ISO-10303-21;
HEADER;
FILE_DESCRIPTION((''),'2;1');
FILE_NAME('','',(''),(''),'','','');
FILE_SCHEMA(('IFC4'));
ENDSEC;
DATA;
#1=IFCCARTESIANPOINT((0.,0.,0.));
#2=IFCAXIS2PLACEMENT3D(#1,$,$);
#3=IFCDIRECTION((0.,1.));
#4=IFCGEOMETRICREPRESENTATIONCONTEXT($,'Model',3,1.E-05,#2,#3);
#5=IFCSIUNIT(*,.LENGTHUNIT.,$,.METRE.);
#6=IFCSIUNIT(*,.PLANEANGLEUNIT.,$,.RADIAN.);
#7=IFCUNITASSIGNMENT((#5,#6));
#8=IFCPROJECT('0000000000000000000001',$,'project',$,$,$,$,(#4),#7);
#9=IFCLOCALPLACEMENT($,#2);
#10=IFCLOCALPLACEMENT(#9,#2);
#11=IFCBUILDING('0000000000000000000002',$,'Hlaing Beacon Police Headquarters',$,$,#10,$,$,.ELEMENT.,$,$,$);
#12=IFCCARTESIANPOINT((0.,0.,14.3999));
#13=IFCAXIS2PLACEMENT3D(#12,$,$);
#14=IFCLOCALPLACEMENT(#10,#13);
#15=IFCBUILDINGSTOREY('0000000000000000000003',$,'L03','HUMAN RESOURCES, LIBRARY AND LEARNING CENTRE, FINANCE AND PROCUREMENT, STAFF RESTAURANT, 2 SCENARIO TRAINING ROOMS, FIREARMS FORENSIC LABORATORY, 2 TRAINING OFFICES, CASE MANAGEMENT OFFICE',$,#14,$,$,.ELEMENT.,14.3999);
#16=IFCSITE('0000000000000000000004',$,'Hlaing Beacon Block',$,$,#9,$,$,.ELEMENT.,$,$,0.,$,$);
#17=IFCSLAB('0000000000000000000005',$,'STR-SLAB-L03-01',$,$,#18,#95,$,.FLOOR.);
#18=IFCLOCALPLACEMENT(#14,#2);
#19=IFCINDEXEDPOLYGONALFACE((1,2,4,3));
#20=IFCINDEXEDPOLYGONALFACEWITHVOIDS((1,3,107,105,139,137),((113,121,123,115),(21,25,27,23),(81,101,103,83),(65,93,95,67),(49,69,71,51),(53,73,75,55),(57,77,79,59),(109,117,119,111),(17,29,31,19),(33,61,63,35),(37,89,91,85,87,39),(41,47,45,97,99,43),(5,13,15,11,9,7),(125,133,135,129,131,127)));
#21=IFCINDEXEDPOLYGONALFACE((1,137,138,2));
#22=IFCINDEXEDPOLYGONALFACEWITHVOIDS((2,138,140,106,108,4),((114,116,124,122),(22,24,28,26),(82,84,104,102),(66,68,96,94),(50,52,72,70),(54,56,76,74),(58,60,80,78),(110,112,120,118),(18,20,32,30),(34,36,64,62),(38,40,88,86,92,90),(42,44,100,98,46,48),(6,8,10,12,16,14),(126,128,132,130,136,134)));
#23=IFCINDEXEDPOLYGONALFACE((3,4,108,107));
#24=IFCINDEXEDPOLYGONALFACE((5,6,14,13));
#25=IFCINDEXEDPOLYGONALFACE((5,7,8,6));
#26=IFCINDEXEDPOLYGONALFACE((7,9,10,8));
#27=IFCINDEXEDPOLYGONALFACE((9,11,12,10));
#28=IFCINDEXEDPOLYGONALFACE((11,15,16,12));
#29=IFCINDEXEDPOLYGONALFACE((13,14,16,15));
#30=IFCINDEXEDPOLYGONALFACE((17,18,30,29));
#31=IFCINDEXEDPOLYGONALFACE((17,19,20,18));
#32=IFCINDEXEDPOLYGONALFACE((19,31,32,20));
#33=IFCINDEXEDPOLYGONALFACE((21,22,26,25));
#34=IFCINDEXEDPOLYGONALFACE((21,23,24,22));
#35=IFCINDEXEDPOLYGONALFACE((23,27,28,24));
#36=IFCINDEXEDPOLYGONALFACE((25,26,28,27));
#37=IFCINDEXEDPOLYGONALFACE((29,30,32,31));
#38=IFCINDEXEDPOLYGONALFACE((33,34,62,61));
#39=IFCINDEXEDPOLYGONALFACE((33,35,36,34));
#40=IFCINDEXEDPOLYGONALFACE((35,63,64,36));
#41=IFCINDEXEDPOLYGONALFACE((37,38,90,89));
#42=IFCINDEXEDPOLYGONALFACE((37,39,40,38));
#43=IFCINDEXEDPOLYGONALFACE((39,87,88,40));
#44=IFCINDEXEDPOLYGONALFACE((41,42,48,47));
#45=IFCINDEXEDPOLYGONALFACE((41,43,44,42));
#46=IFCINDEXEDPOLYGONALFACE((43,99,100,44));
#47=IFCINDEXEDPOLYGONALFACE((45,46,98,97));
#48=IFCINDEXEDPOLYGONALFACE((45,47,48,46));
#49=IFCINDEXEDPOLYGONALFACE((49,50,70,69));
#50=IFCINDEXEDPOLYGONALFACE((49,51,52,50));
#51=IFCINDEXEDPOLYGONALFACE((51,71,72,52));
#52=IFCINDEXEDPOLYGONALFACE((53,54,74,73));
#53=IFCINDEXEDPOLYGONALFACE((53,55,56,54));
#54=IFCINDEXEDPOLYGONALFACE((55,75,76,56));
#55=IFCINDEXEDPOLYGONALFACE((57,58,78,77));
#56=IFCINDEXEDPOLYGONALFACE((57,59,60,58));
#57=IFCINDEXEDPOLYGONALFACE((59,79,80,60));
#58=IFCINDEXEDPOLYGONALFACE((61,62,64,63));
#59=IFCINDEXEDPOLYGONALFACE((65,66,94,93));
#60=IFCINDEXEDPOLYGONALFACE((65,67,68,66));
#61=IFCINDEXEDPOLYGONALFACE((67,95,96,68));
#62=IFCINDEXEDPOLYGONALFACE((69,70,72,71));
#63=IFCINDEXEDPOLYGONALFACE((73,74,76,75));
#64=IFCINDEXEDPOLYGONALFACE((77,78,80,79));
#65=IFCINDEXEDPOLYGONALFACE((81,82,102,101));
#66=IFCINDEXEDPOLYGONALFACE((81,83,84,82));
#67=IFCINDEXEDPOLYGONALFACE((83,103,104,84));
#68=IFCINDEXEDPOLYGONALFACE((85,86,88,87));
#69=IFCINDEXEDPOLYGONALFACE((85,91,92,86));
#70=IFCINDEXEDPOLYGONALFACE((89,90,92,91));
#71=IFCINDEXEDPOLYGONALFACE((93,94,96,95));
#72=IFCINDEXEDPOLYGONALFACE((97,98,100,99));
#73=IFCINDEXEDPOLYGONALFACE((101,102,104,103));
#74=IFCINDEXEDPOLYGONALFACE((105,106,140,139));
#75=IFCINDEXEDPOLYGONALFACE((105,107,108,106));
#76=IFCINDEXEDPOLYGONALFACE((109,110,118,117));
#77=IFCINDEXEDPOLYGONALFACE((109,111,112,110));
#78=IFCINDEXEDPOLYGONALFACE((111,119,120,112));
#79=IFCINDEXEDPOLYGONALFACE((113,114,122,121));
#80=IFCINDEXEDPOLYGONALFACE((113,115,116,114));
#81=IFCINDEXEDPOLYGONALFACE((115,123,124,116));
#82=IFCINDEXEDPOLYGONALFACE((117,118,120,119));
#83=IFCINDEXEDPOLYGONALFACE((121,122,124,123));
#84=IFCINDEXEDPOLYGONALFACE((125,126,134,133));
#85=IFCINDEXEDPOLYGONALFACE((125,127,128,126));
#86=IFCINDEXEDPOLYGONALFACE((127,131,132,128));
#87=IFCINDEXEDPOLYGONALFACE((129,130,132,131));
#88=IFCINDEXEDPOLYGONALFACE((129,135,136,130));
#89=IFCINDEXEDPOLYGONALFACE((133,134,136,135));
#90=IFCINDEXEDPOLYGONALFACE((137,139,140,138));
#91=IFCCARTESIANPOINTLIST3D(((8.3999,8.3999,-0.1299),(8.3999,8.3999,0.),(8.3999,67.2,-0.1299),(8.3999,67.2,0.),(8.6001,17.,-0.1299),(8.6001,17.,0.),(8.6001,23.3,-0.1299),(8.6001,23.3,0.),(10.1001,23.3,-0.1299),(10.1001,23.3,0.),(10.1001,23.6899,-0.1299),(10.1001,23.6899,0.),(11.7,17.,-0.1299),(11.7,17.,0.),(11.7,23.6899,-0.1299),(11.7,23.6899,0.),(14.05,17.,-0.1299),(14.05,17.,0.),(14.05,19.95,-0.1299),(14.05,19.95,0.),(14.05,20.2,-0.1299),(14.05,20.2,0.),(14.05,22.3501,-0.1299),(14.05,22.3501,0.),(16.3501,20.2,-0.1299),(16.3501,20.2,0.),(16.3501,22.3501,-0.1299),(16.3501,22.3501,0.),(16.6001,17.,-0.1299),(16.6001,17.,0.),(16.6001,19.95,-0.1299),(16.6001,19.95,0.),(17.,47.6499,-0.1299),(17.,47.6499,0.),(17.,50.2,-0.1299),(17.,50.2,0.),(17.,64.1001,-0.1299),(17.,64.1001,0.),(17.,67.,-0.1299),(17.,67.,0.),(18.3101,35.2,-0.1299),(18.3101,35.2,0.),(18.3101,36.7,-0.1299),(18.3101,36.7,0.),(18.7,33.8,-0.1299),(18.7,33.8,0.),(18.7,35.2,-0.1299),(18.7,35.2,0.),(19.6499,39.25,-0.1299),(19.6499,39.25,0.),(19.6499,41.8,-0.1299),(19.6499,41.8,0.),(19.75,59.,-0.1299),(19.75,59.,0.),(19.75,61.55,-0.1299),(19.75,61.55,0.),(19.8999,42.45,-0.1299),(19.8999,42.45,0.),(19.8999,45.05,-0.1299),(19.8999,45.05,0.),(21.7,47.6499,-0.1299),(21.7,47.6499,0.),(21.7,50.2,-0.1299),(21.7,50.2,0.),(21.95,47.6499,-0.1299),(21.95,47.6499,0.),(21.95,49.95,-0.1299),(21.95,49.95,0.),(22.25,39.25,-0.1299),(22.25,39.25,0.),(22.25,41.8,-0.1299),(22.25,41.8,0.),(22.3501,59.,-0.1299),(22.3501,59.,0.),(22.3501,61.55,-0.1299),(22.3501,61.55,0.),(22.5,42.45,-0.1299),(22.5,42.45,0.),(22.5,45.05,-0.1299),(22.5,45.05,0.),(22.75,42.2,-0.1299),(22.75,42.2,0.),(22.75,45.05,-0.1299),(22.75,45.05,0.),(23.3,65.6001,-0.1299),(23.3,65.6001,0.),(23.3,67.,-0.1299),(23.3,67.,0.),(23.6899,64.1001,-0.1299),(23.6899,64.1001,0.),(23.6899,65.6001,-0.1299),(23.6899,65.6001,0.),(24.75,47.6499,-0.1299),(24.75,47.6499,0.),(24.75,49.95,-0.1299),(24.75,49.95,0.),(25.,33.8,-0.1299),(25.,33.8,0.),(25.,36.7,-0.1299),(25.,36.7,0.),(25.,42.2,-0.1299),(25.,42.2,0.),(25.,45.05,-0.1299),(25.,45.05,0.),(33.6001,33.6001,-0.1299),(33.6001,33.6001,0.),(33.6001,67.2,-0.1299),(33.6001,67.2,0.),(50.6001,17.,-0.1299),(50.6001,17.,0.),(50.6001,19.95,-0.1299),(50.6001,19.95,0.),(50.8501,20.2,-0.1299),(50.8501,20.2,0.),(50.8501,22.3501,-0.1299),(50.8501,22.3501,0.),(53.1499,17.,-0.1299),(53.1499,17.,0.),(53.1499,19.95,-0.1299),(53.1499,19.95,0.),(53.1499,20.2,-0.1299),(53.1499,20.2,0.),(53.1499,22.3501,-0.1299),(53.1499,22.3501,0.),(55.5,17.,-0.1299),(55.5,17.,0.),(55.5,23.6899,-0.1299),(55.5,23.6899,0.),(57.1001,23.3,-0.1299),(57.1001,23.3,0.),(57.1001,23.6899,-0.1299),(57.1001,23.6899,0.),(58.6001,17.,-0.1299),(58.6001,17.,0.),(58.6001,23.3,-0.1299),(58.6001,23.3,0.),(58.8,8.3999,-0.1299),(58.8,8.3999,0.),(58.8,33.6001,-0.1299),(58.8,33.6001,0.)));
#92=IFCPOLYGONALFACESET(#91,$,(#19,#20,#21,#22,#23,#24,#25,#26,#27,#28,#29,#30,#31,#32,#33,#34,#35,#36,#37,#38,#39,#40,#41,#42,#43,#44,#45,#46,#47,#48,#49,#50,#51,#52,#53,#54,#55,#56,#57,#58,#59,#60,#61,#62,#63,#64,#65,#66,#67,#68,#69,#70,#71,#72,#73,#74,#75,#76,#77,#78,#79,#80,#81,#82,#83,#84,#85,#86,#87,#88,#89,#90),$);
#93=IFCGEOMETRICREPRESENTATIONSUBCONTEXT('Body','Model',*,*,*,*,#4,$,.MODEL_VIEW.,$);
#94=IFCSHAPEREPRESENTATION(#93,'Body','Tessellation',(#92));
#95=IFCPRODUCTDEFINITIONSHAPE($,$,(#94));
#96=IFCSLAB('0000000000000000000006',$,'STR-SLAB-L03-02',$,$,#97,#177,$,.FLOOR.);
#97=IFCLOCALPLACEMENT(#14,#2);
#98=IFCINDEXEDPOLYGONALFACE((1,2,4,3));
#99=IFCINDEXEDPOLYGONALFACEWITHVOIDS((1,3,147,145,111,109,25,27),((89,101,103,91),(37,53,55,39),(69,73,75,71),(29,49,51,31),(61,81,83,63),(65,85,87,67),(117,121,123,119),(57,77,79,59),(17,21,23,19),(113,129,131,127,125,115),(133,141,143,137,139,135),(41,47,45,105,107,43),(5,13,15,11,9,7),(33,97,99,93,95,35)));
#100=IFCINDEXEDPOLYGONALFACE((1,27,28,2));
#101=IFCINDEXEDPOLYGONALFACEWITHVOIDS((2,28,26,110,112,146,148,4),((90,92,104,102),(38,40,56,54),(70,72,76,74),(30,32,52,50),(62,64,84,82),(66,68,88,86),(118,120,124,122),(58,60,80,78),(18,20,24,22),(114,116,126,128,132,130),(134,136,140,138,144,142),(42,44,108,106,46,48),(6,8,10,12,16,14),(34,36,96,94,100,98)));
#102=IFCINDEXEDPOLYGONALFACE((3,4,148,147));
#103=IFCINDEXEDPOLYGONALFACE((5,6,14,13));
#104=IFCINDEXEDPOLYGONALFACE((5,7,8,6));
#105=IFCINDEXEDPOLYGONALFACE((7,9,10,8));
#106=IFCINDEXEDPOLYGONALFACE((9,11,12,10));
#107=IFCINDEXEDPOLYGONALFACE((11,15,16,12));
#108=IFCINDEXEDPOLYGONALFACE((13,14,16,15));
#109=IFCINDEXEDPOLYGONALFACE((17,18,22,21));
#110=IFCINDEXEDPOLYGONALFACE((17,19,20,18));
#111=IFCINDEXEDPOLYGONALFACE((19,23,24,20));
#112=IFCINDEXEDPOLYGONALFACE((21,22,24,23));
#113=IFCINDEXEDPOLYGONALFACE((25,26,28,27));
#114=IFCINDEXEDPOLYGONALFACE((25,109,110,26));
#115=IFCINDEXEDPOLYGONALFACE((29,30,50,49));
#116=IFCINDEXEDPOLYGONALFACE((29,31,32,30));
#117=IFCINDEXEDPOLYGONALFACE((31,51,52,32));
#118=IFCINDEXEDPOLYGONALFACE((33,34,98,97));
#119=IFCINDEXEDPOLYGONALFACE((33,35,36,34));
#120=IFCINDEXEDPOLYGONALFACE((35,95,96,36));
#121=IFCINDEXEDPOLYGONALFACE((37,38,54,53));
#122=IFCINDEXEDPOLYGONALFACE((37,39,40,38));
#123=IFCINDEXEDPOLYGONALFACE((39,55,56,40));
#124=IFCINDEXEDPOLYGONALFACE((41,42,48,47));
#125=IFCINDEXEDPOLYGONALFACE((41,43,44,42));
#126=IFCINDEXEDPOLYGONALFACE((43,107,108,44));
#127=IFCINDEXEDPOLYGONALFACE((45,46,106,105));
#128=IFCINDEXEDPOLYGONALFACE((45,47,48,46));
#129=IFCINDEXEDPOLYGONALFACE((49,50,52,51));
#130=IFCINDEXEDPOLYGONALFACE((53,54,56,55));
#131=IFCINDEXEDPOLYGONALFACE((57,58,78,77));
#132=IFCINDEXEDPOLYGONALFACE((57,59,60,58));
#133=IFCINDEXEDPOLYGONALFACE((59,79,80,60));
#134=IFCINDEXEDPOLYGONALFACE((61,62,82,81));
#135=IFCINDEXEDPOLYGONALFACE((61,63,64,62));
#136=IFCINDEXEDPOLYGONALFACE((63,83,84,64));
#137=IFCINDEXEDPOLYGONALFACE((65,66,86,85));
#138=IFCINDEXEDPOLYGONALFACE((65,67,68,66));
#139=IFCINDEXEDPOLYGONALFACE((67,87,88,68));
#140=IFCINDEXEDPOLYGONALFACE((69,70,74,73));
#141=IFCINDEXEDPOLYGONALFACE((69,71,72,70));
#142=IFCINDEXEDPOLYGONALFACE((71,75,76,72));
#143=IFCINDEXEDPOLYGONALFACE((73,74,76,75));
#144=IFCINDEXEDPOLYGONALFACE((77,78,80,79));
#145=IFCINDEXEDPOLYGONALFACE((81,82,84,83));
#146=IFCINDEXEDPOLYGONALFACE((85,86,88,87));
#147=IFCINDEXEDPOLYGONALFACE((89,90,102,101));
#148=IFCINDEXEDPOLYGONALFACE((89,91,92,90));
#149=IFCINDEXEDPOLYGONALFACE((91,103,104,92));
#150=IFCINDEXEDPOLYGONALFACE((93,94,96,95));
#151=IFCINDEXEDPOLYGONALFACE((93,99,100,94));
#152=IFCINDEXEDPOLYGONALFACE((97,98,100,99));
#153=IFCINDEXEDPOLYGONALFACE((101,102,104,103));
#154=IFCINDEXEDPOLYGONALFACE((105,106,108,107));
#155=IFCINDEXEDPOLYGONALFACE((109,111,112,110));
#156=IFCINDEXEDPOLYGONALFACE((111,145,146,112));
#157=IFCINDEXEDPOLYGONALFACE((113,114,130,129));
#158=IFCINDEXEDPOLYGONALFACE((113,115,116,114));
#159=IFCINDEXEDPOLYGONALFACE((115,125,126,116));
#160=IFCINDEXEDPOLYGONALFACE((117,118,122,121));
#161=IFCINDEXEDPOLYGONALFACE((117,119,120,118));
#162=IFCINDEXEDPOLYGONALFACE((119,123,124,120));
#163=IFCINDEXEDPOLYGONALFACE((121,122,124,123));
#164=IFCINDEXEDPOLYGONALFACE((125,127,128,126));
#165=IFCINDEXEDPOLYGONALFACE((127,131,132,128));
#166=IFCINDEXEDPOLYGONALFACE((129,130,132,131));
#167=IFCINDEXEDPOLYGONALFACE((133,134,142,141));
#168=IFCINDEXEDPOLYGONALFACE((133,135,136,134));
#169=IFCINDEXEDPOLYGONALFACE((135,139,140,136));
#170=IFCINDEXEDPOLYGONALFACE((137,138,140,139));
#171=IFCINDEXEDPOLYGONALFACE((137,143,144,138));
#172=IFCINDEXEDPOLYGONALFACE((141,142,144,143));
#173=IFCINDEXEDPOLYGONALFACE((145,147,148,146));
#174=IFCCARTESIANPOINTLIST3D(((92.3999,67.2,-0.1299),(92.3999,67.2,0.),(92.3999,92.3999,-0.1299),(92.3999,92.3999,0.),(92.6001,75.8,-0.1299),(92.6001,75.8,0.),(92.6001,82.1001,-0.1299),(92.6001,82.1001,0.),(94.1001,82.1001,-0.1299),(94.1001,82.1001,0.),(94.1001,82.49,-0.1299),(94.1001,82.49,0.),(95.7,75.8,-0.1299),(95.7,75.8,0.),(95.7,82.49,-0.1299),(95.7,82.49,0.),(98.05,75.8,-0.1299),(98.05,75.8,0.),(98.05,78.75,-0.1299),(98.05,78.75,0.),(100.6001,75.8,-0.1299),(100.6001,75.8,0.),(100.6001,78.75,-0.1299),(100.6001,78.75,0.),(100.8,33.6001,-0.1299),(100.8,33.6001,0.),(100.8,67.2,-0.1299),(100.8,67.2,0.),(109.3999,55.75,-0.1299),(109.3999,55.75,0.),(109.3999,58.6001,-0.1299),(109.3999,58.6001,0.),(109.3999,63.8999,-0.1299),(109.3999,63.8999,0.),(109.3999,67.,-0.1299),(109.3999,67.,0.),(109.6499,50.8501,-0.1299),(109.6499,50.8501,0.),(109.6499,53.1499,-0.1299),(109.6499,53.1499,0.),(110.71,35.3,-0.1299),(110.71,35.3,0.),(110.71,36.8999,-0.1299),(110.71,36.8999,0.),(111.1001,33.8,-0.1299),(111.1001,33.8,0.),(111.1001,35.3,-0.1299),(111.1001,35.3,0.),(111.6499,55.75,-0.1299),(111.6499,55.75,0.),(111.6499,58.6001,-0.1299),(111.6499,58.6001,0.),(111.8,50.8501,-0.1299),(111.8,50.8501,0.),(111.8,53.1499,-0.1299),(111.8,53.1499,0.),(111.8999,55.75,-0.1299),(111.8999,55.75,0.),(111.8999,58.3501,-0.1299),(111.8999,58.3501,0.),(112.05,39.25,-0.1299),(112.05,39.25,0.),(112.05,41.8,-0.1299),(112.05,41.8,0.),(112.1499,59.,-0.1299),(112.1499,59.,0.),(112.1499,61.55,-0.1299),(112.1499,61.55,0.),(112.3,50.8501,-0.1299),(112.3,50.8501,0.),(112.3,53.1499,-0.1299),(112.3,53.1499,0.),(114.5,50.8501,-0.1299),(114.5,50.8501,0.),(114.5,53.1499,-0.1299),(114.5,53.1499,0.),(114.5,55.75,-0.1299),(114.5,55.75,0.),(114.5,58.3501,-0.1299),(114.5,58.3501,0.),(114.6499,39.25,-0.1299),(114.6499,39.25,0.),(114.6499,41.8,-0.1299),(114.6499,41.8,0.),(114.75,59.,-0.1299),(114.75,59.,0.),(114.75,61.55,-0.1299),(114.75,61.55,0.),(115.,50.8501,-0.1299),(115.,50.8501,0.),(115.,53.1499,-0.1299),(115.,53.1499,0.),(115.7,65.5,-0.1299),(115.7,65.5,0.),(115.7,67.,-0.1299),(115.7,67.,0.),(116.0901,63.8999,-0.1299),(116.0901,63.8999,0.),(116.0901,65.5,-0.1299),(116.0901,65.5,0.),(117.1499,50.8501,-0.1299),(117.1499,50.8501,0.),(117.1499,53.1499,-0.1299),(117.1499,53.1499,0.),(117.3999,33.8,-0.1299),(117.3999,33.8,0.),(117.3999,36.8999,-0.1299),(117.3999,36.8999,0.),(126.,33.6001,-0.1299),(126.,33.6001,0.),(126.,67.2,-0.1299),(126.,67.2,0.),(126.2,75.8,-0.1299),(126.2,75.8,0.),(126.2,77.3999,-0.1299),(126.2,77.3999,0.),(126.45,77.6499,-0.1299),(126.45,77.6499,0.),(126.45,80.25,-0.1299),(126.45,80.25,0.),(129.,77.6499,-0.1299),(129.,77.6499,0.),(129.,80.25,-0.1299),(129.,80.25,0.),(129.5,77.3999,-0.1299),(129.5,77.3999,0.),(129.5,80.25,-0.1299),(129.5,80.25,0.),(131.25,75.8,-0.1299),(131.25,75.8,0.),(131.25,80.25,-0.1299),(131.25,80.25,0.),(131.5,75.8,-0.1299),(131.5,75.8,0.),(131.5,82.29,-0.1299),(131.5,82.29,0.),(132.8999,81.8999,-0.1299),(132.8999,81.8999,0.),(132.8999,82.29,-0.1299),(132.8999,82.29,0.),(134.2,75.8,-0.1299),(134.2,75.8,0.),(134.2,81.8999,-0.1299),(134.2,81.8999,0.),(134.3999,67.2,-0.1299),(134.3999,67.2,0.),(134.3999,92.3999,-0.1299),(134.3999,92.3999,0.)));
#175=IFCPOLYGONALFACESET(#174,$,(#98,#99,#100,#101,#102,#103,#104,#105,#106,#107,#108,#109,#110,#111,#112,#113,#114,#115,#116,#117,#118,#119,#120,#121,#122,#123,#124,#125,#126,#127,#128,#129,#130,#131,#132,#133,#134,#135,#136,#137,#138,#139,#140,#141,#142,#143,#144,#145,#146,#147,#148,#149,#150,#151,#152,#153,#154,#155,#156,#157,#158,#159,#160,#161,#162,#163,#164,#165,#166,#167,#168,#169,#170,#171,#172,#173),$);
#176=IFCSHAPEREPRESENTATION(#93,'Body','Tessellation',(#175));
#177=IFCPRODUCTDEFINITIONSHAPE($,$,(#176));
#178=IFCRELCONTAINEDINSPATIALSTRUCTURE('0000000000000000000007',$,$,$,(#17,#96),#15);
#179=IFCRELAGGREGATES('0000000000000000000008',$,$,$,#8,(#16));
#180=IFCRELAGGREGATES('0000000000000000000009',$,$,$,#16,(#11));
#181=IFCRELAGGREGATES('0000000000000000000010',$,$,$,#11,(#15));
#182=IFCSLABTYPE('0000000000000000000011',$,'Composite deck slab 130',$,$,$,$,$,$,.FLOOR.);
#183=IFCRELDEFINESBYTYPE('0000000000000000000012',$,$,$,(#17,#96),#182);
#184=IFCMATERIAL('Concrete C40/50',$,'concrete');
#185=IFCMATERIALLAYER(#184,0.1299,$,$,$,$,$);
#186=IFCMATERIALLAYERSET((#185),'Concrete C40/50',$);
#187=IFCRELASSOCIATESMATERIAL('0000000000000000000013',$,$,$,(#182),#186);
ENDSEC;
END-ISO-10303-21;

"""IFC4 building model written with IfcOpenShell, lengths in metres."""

from ifc_helpers import new_model, si_unit, direction, frame, origin, place, context, subcontext, project, spatial, polyline, outline, extrude, material, layer, layer_set, type_object, element, save


model = new_model("IFC4")

# Units and contexts
model_context = context("Model", 3, precision=1e-05, world=origin(), true_north=direction((0.0, 1.0)))
body_context = subcontext(model_context, "Body", "Model", "MODEL_VIEW")
ifc_project = project(units=[si_unit("LENGTHUNIT", "METRE"), si_unit("PLANEANGLEUNIT", "RADIAN")], contexts=[model_context])

# Site, building, storey
site_placement = place(None, origin())
site = spatial("IfcSite", under=ifc_project, at=site_placement, Name="Hlaing Beacon Block", CompositionType="ELEMENT", RefElevation=0.0)
building_placement = place(site_placement, origin())
building = spatial("IfcBuilding", under=site, at=building_placement, Name="Hlaing Beacon Police Headquarters", CompositionType="ELEMENT")
storey_placement = place(building_placement, frame((0.0, 0.0, 14.3999)))
storey = spatial("IfcBuildingStorey", under=building, at=storey_placement, Name="L03", Description="HUMAN RESOURCES, LIBRARY AND LEARNING CENTRE, FINANCE AND PROCUREMENT, STAFF RESTAURANT, 2 SCENARIO TRAINING ROOMS, FIREARMS FORENSIC LABORATORY, 2 TRAINING OFFICES, CASE MANAGEMENT OFFICE", CompositionType="ELEMENT", Elevation=14.3999)

# Slabs
ifc_material_1 = material(Name="Concrete C40/50", Category="concrete")
ifc_layer_1 = layer(ifc_material_1, 0.1299)
ifc_layer_set_1 = layer_set([ifc_layer_1], Name="Concrete C40/50")
slab_type_1 = type_object("IfcSlabType", Name="Composite deck slab 130", PredefinedType="FLOOR", material=ifc_layer_set_1)
slab_1_placement = place(storey_placement, frame((0.0, 0.0, -0.1299)))
element("IfcSlab", 1, at=slab_1_placement, inside=storey, type_object=slab_type_1, Name="STR-SLAB-L03-01", PredefinedType="FLOOR", context=body_context, shape_type="SweptSolid", body=[
    extrude(outline(polyline([(8.3999, 8.3999), (58.8, 8.3999), (58.8, 33.6001), (33.6001, 33.6001), (33.6001, 67.2), (8.3999, 67.2), (8.3999, 8.3999)]), holes=[polyline([(8.6001, 17.0), (11.7, 17.0), (11.7, 23.6899), (10.1001, 23.6899), (10.1001, 23.3), (8.6001, 23.3), (8.6001, 17.0)]), polyline([(14.05, 17.0), (16.6001, 17.0), (16.6001, 19.95), (14.05, 19.95), (14.05, 17.0)]), polyline([(14.05, 20.2), (16.3501, 20.2), (16.3501, 22.3501), (14.05, 22.3501), (14.05, 20.2)]), polyline([(17.0, 47.6499), (21.7, 47.6499), (21.7, 50.2), (17.0, 50.2), (17.0, 47.6499)]), polyline([(17.0, 64.1001), (23.6899, 64.1001), (23.6899, 65.6001), (23.3, 65.6001), (23.3, 67.0), (17.0, 67.0), (17.0, 64.1001)]), polyline([(18.7, 33.8), (25.0, 33.8), (25.0, 36.7), (18.3101, 36.7), (18.3101, 35.2), (18.7, 35.2), (18.7, 33.8)]), polyline([(19.6499, 39.25), (22.25, 39.25), (22.25, 41.8), (19.6499, 41.8), (19.6499, 39.25)]), polyline([(19.75, 59.0), (22.3501, 59.0), (22.3501, 61.55), (19.75, 61.55), (19.75, 59.0)]), polyline([(19.8999, 42.45), (22.5, 42.45), (22.5, 45.05), (19.8999, 45.05), (19.8999, 42.45)]), polyline([(21.95, 47.6499), (24.75, 47.6499), (24.75, 49.95), (21.95, 49.95), (21.95, 47.6499)]), polyline([(22.75, 42.2), (25.0, 42.2), (25.0, 45.05), (22.75, 45.05), (22.75, 42.2)]), polyline([(50.6001, 17.0), (53.1499, 17.0), (53.1499, 19.95), (50.6001, 19.95), (50.6001, 17.0)]), polyline([(50.8501, 20.2), (53.1499, 20.2), (53.1499, 22.3501), (50.8501, 22.3501), (50.8501, 20.2)]), polyline([(55.5, 17.0), (58.6001, 17.0), (58.6001, 23.3), (57.1001, 23.3), (57.1001, 23.6899), (55.5, 23.6899), (55.5, 17.0)])]), origin(), (0.0, 0.0, 1.0), 0.1299),
])
slab_2_placement = place(storey_placement, frame((0.0, 0.0, -0.1299)))
element("IfcSlab", 2, at=slab_2_placement, inside=storey, type_object=slab_type_1, Name="STR-SLAB-L03-02", PredefinedType="FLOOR", context=body_context, shape_type="SweptSolid", body=[
    extrude(outline(polyline([(100.8, 33.6001), (126.0, 33.6001), (126.0, 67.2), (134.3999, 67.2), (134.3999, 92.3999), (92.3999, 92.3999), (92.3999, 67.2), (100.8, 67.2), (100.8, 33.6001)]), holes=[polyline([(92.6001, 75.8), (95.7, 75.8), (95.7, 82.49), (94.1001, 82.49), (94.1001, 82.1001), (92.6001, 82.1001), (92.6001, 75.8)]), polyline([(98.05, 75.8), (100.6001, 75.8), (100.6001, 78.75), (98.05, 78.75), (98.05, 75.8)]), polyline([(109.3999, 55.75), (111.6499, 55.75), (111.6499, 58.6001), (109.3999, 58.6001), (109.3999, 55.75)]), polyline([(109.3999, 63.8999), (116.0901, 63.8999), (116.0901, 65.5), (115.7, 65.5), (115.7, 67.0), (109.3999, 67.0), (109.3999, 63.8999)]), polyline([(109.6499, 50.8501), (111.8, 50.8501), (111.8, 53.1499), (109.6499, 53.1499), (109.6499, 50.8501)]), polyline([(111.1001, 33.8), (117.3999, 33.8), (117.3999, 36.8999), (110.71, 36.8999), (110.71, 35.3), (111.1001, 35.3), (111.1001, 33.8)]), polyline([(111.8999, 55.75), (114.5, 55.75), (114.5, 58.3501), (111.8999, 58.3501), (111.8999, 55.75)]), polyline([(112.05, 39.25), (114.6499, 39.25), (114.6499, 41.8), (112.05, 41.8), (112.05, 39.25)]), polyline([(112.1499, 59.0), (114.75, 59.0), (114.75, 61.55), (112.1499, 61.55), (112.1499, 59.0)]), polyline([(112.3, 50.8501), (114.5, 50.8501), (114.5, 53.1499), (112.3, 53.1499), (112.3, 50.8501)]), polyline([(115.0, 50.8501), (117.1499, 50.8501), (117.1499, 53.1499), (115.0, 53.1499), (115.0, 50.8501)]), polyline([(126.2, 75.8), (131.25, 75.8), (131.25, 80.25), (129.5, 80.25), (129.5, 77.3999), (126.2, 77.3999), (126.2, 75.8)]), polyline([(126.45, 77.6499), (129.0, 77.6499), (129.0, 80.25), (126.45, 80.25), (126.45, 77.6499)]), polyline([(131.5, 75.8), (134.2, 75.8), (134.2, 81.8999), (132.8999, 81.8999), (132.8999, 82.29), (131.5, 82.29), (131.5, 75.8)])]), origin(), (0.0, 0.0, 1.0), 0.1299),
])

save(model, "model.ifc")
